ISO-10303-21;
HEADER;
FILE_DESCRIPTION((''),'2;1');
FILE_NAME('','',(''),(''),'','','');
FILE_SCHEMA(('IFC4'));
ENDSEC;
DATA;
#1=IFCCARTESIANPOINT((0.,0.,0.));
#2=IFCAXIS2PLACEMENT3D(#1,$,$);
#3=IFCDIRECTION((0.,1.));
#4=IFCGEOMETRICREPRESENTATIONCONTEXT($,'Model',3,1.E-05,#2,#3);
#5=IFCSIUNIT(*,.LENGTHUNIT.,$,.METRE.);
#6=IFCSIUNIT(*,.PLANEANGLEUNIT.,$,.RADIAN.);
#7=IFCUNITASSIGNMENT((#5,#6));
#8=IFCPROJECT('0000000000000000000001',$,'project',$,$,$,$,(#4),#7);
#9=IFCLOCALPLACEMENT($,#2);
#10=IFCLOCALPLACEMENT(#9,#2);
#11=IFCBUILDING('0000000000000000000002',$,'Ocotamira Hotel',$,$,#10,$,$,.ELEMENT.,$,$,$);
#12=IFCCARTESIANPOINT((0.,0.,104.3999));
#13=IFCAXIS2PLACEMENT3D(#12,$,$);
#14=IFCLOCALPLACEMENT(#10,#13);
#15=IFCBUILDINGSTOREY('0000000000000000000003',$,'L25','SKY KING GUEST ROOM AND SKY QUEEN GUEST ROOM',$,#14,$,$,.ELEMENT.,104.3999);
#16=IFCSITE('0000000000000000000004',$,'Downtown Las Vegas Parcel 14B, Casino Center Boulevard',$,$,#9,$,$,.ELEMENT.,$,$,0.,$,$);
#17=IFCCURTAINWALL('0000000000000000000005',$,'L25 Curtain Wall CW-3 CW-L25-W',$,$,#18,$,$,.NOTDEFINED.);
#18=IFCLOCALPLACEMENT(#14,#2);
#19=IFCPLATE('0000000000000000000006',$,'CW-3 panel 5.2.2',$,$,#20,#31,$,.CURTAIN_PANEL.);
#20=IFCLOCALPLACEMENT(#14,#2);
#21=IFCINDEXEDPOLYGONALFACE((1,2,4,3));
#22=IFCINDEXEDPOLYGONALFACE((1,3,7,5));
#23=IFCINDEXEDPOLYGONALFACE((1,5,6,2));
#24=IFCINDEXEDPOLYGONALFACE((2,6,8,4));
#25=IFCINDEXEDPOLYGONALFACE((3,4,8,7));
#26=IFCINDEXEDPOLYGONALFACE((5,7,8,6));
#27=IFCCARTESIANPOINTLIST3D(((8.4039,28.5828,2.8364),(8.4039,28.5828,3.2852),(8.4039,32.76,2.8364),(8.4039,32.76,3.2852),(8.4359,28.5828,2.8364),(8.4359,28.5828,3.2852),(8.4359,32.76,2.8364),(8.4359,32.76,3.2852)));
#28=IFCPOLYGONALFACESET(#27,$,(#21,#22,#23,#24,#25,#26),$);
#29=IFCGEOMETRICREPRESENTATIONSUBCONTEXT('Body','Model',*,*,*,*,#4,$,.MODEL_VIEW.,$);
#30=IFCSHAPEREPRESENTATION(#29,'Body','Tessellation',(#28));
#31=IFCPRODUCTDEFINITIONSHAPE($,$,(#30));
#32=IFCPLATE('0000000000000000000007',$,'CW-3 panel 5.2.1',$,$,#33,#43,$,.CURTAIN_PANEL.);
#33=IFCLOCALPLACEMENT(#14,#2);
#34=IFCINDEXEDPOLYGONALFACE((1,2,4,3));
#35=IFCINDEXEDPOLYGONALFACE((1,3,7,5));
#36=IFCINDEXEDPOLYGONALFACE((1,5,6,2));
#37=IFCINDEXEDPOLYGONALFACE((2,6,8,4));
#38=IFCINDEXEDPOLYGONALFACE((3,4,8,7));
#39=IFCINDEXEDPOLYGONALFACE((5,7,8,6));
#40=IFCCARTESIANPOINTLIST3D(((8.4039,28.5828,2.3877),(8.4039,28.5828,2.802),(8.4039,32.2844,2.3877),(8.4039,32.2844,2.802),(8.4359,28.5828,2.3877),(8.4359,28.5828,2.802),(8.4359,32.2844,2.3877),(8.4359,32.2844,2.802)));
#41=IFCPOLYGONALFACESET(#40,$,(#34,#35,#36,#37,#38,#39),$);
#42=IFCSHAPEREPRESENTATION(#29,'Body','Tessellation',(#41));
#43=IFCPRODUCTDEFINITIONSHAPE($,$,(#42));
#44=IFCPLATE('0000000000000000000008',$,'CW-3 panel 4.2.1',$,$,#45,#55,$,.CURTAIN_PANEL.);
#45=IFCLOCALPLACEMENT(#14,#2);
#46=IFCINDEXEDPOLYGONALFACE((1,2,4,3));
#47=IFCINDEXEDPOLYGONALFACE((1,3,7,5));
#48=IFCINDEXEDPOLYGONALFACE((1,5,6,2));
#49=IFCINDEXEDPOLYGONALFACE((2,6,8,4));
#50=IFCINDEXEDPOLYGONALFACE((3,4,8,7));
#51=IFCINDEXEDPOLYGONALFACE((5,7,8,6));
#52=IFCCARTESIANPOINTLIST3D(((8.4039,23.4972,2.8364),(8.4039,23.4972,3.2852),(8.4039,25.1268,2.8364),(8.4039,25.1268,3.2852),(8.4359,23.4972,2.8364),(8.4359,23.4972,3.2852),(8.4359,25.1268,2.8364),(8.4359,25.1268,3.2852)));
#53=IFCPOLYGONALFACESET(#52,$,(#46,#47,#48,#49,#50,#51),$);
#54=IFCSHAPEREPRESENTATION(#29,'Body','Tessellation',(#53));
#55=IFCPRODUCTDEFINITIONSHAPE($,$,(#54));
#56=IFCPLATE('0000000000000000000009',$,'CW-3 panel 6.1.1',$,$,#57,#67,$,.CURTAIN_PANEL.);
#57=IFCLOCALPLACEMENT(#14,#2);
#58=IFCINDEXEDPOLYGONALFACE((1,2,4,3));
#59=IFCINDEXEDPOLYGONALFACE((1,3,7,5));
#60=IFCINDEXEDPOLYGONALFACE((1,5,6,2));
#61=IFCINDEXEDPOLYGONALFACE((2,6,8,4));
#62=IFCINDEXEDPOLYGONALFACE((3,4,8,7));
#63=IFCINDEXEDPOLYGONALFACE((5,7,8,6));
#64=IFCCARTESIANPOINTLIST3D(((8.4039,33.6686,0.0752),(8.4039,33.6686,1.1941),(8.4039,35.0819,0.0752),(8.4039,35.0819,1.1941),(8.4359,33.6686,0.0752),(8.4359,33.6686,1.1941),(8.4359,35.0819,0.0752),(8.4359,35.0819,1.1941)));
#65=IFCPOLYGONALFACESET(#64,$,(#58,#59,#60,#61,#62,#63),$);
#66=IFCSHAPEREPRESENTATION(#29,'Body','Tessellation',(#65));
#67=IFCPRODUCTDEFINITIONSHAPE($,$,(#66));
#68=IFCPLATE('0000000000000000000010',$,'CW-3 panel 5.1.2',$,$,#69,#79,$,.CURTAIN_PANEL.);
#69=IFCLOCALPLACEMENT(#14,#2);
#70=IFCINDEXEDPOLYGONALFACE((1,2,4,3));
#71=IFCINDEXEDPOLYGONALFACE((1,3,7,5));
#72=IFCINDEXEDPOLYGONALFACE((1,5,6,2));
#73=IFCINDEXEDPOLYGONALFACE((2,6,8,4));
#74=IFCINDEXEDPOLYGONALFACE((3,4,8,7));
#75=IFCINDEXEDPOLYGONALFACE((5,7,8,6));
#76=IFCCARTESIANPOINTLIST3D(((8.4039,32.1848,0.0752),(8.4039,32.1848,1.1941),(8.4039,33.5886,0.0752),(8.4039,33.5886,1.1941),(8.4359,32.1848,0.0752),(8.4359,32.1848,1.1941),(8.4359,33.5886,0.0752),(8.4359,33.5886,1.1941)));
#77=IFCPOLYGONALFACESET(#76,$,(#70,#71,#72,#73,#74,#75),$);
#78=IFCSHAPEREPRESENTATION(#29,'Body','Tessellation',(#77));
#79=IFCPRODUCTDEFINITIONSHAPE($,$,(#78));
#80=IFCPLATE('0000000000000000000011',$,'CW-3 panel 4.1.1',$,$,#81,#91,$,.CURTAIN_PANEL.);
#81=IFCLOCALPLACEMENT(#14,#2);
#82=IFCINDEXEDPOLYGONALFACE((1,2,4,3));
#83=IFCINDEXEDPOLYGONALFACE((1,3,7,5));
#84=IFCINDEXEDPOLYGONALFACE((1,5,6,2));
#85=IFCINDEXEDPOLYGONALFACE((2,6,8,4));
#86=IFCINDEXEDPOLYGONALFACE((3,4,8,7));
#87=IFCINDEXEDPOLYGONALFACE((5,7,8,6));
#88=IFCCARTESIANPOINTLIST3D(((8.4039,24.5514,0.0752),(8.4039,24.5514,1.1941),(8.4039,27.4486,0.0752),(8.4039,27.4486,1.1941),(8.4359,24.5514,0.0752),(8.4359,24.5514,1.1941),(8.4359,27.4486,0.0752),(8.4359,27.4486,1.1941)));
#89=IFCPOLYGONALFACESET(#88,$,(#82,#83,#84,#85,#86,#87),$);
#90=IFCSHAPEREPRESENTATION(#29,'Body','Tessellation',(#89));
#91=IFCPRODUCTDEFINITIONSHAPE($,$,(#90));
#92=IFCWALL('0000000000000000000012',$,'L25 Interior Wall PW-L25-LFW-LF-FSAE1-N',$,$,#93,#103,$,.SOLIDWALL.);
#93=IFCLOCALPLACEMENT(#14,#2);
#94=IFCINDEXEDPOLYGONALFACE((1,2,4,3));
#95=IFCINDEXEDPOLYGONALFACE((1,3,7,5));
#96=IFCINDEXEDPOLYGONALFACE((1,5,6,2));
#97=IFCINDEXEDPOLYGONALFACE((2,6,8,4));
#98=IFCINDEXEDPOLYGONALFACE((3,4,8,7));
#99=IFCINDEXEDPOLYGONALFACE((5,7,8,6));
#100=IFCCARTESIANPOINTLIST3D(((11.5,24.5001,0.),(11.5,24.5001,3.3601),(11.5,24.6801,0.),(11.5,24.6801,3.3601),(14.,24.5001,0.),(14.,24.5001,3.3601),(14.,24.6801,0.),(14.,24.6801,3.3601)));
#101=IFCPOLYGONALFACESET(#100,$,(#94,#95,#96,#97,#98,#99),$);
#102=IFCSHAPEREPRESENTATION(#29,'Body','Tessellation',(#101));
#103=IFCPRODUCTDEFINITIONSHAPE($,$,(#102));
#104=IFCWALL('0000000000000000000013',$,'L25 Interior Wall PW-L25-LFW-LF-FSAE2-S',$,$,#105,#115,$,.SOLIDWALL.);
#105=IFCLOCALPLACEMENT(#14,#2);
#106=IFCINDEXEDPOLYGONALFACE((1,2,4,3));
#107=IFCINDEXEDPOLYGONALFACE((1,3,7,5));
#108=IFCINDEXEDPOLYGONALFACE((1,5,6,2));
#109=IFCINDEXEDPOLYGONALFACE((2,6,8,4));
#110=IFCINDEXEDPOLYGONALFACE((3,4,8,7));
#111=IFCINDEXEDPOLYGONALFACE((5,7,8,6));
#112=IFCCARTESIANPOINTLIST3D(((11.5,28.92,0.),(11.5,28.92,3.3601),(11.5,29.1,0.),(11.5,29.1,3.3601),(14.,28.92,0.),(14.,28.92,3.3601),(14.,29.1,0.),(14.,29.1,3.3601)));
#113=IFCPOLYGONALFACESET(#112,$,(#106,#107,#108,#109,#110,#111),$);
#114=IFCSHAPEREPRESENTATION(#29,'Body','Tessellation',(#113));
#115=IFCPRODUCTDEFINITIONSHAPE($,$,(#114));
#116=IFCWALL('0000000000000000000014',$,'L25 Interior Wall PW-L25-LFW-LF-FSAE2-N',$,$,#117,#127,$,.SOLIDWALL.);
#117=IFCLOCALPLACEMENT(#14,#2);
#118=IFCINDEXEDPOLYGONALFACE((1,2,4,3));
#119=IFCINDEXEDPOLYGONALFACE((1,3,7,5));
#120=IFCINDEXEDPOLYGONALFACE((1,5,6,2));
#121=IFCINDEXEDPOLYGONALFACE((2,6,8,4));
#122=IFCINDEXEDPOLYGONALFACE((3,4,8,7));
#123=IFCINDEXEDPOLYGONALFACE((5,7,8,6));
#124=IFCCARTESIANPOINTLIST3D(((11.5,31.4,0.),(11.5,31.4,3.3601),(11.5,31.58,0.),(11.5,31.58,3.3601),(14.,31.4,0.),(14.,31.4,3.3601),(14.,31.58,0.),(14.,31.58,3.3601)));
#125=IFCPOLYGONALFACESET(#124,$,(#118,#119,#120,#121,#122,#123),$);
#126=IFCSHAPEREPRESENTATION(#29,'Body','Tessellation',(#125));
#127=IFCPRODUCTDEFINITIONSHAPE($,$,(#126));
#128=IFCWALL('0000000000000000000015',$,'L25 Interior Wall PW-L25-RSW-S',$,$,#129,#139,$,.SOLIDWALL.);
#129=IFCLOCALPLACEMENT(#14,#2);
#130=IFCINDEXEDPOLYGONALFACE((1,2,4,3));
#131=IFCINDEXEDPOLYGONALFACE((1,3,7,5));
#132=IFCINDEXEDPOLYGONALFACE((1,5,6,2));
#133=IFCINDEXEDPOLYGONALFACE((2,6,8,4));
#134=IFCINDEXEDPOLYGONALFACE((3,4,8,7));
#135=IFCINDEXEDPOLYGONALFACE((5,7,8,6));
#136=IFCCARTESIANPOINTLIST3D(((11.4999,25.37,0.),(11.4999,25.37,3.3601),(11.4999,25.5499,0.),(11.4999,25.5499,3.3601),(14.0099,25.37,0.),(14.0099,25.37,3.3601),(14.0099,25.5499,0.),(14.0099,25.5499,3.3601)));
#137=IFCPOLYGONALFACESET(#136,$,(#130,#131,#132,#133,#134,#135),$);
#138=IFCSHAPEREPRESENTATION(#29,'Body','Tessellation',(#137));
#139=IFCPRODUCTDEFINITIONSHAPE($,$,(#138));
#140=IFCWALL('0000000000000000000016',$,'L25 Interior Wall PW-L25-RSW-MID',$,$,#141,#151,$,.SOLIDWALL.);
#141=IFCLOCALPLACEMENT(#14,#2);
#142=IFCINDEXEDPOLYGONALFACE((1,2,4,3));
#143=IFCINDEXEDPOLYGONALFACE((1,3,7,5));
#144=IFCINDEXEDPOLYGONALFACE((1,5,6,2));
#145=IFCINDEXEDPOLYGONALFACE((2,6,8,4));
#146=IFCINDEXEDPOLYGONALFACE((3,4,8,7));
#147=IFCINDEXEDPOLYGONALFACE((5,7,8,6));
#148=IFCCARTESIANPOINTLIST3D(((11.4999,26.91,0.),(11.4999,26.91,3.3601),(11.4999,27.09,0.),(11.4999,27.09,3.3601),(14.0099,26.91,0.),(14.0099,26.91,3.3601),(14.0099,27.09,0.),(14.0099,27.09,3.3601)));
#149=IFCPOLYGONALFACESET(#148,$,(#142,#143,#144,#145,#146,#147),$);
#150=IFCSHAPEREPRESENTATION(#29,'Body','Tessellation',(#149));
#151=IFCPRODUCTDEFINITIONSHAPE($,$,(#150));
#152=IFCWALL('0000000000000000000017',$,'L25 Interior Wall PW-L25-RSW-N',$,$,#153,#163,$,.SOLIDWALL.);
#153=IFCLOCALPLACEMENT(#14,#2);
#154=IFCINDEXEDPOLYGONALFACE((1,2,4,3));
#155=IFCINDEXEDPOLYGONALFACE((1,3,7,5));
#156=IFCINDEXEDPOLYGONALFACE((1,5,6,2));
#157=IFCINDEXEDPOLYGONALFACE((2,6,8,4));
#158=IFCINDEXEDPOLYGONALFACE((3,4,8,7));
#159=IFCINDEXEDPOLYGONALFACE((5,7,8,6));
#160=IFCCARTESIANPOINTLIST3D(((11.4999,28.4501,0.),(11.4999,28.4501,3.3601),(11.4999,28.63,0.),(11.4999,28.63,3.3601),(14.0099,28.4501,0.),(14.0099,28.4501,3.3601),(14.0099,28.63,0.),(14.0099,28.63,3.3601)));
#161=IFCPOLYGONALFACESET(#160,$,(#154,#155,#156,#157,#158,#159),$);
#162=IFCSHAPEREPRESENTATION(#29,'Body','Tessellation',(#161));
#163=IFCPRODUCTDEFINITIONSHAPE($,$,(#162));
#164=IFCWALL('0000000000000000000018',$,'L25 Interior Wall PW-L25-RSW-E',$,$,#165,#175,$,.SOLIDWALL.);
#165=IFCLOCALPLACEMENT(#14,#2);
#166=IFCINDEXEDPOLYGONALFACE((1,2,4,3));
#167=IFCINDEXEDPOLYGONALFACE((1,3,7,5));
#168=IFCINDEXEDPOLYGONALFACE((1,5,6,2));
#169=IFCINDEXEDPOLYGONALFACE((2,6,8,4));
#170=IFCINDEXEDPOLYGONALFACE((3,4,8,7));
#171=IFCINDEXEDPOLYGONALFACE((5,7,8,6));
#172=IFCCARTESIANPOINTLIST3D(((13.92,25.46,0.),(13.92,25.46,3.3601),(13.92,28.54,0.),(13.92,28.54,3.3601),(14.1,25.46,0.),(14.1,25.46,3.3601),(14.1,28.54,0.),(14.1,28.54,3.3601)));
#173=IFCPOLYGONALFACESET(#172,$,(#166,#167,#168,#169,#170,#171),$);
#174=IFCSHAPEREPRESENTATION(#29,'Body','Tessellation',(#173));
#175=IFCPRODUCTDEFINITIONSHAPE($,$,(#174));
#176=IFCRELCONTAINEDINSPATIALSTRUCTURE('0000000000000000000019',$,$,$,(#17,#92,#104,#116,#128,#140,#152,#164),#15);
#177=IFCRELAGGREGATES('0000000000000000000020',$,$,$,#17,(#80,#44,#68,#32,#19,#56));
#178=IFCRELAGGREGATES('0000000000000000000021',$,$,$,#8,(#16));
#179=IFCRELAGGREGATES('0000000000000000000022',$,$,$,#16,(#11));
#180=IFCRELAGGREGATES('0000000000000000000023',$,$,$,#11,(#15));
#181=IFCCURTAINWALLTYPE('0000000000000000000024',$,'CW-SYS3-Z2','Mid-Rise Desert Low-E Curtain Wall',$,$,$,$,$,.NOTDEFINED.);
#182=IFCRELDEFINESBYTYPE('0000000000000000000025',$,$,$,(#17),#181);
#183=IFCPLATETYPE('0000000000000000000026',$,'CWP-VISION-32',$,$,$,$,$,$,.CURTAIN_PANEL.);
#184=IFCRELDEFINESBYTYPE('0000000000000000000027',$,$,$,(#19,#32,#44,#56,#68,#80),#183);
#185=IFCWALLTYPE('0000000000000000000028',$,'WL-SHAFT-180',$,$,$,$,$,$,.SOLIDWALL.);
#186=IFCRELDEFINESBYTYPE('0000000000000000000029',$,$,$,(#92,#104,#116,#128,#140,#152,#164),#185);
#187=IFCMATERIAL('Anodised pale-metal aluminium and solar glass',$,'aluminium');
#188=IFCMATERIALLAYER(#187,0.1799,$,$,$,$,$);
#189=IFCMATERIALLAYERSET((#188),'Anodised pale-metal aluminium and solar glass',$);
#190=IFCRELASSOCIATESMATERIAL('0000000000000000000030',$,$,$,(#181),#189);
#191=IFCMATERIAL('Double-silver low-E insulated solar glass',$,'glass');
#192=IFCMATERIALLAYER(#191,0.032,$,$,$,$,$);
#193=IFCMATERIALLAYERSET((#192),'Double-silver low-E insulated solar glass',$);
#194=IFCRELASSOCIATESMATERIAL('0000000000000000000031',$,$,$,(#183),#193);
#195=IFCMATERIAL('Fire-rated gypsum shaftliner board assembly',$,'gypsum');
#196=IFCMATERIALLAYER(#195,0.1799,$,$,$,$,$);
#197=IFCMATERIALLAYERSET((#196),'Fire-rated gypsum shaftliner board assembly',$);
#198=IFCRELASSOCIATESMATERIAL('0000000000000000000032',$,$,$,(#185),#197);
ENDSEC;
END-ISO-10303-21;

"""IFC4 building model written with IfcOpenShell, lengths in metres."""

from ifc_helpers import new_model, si_unit, direction, frame, frame_2d, origin, origin_2d, place, context, subcontext, project, spatial, rectangle, extrude, source, transform, mapped, material, layer, layer_set, type_object, element, aggregate, save


model = new_model("IFC4")

# Units and contexts
model_context = context("Model", 3, precision=1e-05, world=origin(), true_north=direction((0.0, 1.0)))
body_context = subcontext(model_context, "Body", "Model", "MODEL_VIEW")
ifc_project = project(units=[si_unit("LENGTHUNIT", "METRE"), si_unit("PLANEANGLEUNIT", "RADIAN")], contexts=[model_context])

# Site, building, storey
site_placement = place(None, origin())
site = spatial("IfcSite", under=ifc_project, at=site_placement, Name="Downtown Las Vegas Parcel 14B, Casino Center Boulevard", CompositionType="ELEMENT", RefElevation=0.0)
building_placement = place(site_placement, origin())
building = spatial("IfcBuilding", under=site, at=building_placement, Name="Ocotamira Hotel", CompositionType="ELEMENT")
storey_placement = place(building_placement, frame((0.0, 0.0, 104.3999)))
storey = spatial("IfcBuildingStorey", under=building, at=storey_placement, Name="L25", Description="SKY KING GUEST ROOM AND SKY QUEEN GUEST ROOM", CompositionType="ELEMENT", Elevation=104.3999)

# Curtain wall
ifc_material_1 = material(Name="Anodised pale-metal aluminium and solar glass", Category="aluminium")
ifc_layer_1 = layer(ifc_material_1, 0.1799)
ifc_layer_set_1 = layer_set([ifc_layer_1], Name="Anodised pale-metal aluminium and solar glass")
curtain_wall_type = type_object("IfcCurtainWallType", Name="CW-SYS3-Z2", Description="Mid-Rise Desert Low-E Curtain Wall", PredefinedType="NOTDEFINED", material=ifc_layer_set_1)
curtain_wall_placement = place(storey_placement, origin())
curtain_wall = element("IfcCurtainWall", 1, at=curtain_wall_placement, inside=storey, type_object=curtain_wall_type, Name="L25 Curtain Wall CW-3 CW-L25-W", PredefinedType="NOTDEFINED")

# Plates
ifc_material_2 = material(Name="Double-silver low-E insulated solar glass", Category="glass")
ifc_layer_2 = layer(ifc_material_2, 0.032)
ifc_layer_set_2 = layer_set([ifc_layer_2], Name="Double-silver low-E insulated solar glass")
plate_type_1 = type_object("IfcPlateType", Name="CWP-VISION-32", PredefinedType="CURTAIN_PANEL", material=ifc_layer_set_2)
shared_shape_1 = source(origin(), body_context, "Body", "SweptSolid", [
    extrude(rectangle(XDim=4.1772, YDim=0.032, at=origin_2d()), origin(), (0.0, 0.0, 1.0), 0.4487),
])
plate_1_placement = place(storey_placement, frame((8.4199, 30.6714, 2.8364), z_axis=(0.0, 0.0, 1.0), x_axis=(0.0, 1.0, 0.0)))
plate_1 = element("IfcPlate", 2, at=plate_1_placement, type_object=plate_type_1, Name="CW-3 panel 5.2.2", PredefinedType="CURTAIN_PANEL", context=body_context, shape_type="MappedRepresentation", body=[
    mapped(shared_shape_1, transform((0.0, 0.0, 0.0), scale=1.0)),
])
shared_shape_2 = source(origin(), body_context, "Body", "SweptSolid", [
    extrude(rectangle(XDim=3.7017, YDim=0.032, at=origin_2d()), origin(), (0.0, 0.0, 1.0), 0.4143),
])
plate_2_placement = place(storey_placement, frame((8.4199, 30.4336, 2.3877), z_axis=(0.0, 0.0, 1.0), x_axis=(0.0, 1.0, 0.0)))
plate_2 = element("IfcPlate", 3, at=plate_2_placement, type_object=plate_type_1, Name="CW-3 panel 5.2.1", PredefinedType="CURTAIN_PANEL", context=body_context, shape_type="MappedRepresentation", body=[
    mapped(shared_shape_2, transform((0.0, 0.0, 0.0), scale=1.0)),
])
shared_shape_3 = source(origin(), body_context, "Body", "SweptSolid", [
    extrude(rectangle(XDim=1.6296, YDim=0.032, at=origin_2d()), origin(), (0.0, 0.0, 1.0), 0.4487),
])
plate_3_placement = place(storey_placement, frame((8.4199, 24.312, 2.8364), z_axis=(0.0, 0.0, 1.0), x_axis=(0.0, 1.0, 0.0)))
plate_3 = element("IfcPlate", 4, at=plate_3_placement, type_object=plate_type_1, Name="CW-3 panel 4.2.1", PredefinedType="CURTAIN_PANEL", context=body_context, shape_type="MappedRepresentation", body=[
    mapped(shared_shape_3, transform((0.0, 0.0, 0.0), scale=1.0)),
])
shared_shape_4 = source(origin(), body_context, "Body", "SweptSolid", [
    extrude(rectangle(XDim=1.4133, YDim=0.032, at=origin_2d()), origin(), (0.0, 0.0, 1.0), 1.1189),
])
plate_4_placement = place(storey_placement, frame((8.4199, 34.3752, 0.0752), z_axis=(0.0, 0.0, 1.0), x_axis=(0.0, 1.0, 0.0)))
plate_4 = element("IfcPlate", 5, at=plate_4_placement, type_object=plate_type_1, Name="CW-3 panel 6.1.1", PredefinedType="CURTAIN_PANEL", context=body_context, shape_type="MappedRepresentation", body=[
    mapped(shared_shape_4, transform((0.0, 0.0, 0.0), scale=1.0)),
])
shared_shape_5 = source(origin(), body_context, "Body", "SweptSolid", [
    extrude(rectangle(XDim=1.4038, YDim=0.032, at=origin_2d()), origin(), (0.0, 0.0, 1.0), 1.1189),
])
plate_5_placement = place(storey_placement, frame((8.4199, 32.8867, 0.0752), z_axis=(0.0, 0.0, 1.0), x_axis=(0.0, 1.0, 0.0)))
plate_5 = element("IfcPlate", 6, at=plate_5_placement, type_object=plate_type_1, Name="CW-3 panel 5.1.2", PredefinedType="CURTAIN_PANEL", context=body_context, shape_type="MappedRepresentation", body=[
    mapped(shared_shape_5, transform((0.0, 0.0, 0.0), scale=1.0)),
])
shared_shape_6 = source(origin(), body_context, "Body", "SweptSolid", [
    extrude(rectangle(XDim=2.8972, YDim=0.032, at=origin_2d()), origin(), (0.0, 0.0, 1.0), 1.1189),
])
plate_6_placement = place(storey_placement, frame((8.4199, 26.0, 0.0752), z_axis=(0.0, 0.0, 1.0), x_axis=(0.0, 1.0, 0.0)))
plate_6 = element("IfcPlate", 7, at=plate_6_placement, type_object=plate_type_1, Name="CW-3 panel 4.1.1", PredefinedType="CURTAIN_PANEL", context=body_context, shape_type="MappedRepresentation", body=[
    mapped(shared_shape_6, transform((0.0, 0.0, 0.0), scale=1.0)),
])
aggregate(curtain_wall, [plate_6, plate_3, plate_5, plate_2, plate_1, plate_4])

# Walls
ifc_material_3 = material(Name="Fire-rated gypsum shaftliner board assembly", Category="gypsum")
ifc_layer_3 = layer(ifc_material_3, 0.1799)
ifc_layer_set_3 = layer_set([ifc_layer_3], Name="Fire-rated gypsum shaftliner board assembly")
wall_type_1 = type_object("IfcWallType", Name="WL-SHAFT-180", PredefinedType="SOLIDWALL", material=ifc_layer_set_3)
for number, where, z_axis, x_axis, name in (
    (8, (11.5, 24.5901, 0.0), (0.0, 0.0, 1.0), (1.0, 0.0, 0.0), "L25 Interior Wall PW-L25-LFW-LF-FSAE1-N"),
    (9, (11.5, 29.01, 0.0), (0.0, 0.0, 1.0), (1.0, 0.0, 0.0), "L25 Interior Wall PW-L25-LFW-LF-FSAE2-S"),
    (10, (11.5, 31.49, 0.0), (0.0, 0.0, 1.0), (1.0, 0.0, 0.0), "L25 Interior Wall PW-L25-LFW-LF-FSAE2-N"),
):
    element("IfcWall", number, at=place(storey_placement, frame(where, z_axis=z_axis, x_axis=x_axis)), inside=storey, type_object=wall_type_1, Name=name, PredefinedType="SOLIDWALL", context=body_context, shape_type="SweptSolid", body=[
        extrude(rectangle(XDim=2.5, YDim=0.1799, at=frame_2d((1.25, 0.0))), origin(), (0.0, 0.0, 1.0), 3.3601),
    ])
for number, where, z_axis, x_axis, name in (
    (11, (11.5, 25.46, 0.0), (0.0, 0.0, 1.0), (1.0, 0.0, 0.0), "L25 Interior Wall PW-L25-RSW-S"),
    (12, (11.5, 27.0, 0.0), (0.0, 0.0, 1.0), (1.0, 0.0, 0.0), "L25 Interior Wall PW-L25-RSW-MID"),
    (13, (11.5, 28.54, 0.0), (0.0, 0.0, 1.0), (1.0, 0.0, 0.0), "L25 Interior Wall PW-L25-RSW-N"),
):
    element("IfcWall", number, at=place(storey_placement, frame(where, z_axis=z_axis, x_axis=x_axis)), inside=storey, type_object=wall_type_1, Name=name, PredefinedType="SOLIDWALL", context=body_context, shape_type="SweptSolid", body=[
        extrude(rectangle(XDim=2.51, YDim=0.1799, at=frame_2d((1.2549, 0.0))), origin(), (0.0, 0.0, 1.0), 3.3601),
    ])
wall_1_placement = place(storey_placement, frame((14.01, 25.46, 0.0), z_axis=(0.0, 0.0, 1.0), x_axis=(0.0, 1.0, 0.0)))
element("IfcWall", 14, at=wall_1_placement, inside=storey, type_object=wall_type_1, Name="L25 Interior Wall PW-L25-RSW-E", PredefinedType="SOLIDWALL", context=body_context, shape_type="SweptSolid", body=[
    extrude(rectangle(XDim=3.0801, YDim=0.1799, at=frame_2d((1.54, 0.0))), origin(), (0.0, 0.0, 1.0), 3.3601),
])

save(model, "model.ifc")
